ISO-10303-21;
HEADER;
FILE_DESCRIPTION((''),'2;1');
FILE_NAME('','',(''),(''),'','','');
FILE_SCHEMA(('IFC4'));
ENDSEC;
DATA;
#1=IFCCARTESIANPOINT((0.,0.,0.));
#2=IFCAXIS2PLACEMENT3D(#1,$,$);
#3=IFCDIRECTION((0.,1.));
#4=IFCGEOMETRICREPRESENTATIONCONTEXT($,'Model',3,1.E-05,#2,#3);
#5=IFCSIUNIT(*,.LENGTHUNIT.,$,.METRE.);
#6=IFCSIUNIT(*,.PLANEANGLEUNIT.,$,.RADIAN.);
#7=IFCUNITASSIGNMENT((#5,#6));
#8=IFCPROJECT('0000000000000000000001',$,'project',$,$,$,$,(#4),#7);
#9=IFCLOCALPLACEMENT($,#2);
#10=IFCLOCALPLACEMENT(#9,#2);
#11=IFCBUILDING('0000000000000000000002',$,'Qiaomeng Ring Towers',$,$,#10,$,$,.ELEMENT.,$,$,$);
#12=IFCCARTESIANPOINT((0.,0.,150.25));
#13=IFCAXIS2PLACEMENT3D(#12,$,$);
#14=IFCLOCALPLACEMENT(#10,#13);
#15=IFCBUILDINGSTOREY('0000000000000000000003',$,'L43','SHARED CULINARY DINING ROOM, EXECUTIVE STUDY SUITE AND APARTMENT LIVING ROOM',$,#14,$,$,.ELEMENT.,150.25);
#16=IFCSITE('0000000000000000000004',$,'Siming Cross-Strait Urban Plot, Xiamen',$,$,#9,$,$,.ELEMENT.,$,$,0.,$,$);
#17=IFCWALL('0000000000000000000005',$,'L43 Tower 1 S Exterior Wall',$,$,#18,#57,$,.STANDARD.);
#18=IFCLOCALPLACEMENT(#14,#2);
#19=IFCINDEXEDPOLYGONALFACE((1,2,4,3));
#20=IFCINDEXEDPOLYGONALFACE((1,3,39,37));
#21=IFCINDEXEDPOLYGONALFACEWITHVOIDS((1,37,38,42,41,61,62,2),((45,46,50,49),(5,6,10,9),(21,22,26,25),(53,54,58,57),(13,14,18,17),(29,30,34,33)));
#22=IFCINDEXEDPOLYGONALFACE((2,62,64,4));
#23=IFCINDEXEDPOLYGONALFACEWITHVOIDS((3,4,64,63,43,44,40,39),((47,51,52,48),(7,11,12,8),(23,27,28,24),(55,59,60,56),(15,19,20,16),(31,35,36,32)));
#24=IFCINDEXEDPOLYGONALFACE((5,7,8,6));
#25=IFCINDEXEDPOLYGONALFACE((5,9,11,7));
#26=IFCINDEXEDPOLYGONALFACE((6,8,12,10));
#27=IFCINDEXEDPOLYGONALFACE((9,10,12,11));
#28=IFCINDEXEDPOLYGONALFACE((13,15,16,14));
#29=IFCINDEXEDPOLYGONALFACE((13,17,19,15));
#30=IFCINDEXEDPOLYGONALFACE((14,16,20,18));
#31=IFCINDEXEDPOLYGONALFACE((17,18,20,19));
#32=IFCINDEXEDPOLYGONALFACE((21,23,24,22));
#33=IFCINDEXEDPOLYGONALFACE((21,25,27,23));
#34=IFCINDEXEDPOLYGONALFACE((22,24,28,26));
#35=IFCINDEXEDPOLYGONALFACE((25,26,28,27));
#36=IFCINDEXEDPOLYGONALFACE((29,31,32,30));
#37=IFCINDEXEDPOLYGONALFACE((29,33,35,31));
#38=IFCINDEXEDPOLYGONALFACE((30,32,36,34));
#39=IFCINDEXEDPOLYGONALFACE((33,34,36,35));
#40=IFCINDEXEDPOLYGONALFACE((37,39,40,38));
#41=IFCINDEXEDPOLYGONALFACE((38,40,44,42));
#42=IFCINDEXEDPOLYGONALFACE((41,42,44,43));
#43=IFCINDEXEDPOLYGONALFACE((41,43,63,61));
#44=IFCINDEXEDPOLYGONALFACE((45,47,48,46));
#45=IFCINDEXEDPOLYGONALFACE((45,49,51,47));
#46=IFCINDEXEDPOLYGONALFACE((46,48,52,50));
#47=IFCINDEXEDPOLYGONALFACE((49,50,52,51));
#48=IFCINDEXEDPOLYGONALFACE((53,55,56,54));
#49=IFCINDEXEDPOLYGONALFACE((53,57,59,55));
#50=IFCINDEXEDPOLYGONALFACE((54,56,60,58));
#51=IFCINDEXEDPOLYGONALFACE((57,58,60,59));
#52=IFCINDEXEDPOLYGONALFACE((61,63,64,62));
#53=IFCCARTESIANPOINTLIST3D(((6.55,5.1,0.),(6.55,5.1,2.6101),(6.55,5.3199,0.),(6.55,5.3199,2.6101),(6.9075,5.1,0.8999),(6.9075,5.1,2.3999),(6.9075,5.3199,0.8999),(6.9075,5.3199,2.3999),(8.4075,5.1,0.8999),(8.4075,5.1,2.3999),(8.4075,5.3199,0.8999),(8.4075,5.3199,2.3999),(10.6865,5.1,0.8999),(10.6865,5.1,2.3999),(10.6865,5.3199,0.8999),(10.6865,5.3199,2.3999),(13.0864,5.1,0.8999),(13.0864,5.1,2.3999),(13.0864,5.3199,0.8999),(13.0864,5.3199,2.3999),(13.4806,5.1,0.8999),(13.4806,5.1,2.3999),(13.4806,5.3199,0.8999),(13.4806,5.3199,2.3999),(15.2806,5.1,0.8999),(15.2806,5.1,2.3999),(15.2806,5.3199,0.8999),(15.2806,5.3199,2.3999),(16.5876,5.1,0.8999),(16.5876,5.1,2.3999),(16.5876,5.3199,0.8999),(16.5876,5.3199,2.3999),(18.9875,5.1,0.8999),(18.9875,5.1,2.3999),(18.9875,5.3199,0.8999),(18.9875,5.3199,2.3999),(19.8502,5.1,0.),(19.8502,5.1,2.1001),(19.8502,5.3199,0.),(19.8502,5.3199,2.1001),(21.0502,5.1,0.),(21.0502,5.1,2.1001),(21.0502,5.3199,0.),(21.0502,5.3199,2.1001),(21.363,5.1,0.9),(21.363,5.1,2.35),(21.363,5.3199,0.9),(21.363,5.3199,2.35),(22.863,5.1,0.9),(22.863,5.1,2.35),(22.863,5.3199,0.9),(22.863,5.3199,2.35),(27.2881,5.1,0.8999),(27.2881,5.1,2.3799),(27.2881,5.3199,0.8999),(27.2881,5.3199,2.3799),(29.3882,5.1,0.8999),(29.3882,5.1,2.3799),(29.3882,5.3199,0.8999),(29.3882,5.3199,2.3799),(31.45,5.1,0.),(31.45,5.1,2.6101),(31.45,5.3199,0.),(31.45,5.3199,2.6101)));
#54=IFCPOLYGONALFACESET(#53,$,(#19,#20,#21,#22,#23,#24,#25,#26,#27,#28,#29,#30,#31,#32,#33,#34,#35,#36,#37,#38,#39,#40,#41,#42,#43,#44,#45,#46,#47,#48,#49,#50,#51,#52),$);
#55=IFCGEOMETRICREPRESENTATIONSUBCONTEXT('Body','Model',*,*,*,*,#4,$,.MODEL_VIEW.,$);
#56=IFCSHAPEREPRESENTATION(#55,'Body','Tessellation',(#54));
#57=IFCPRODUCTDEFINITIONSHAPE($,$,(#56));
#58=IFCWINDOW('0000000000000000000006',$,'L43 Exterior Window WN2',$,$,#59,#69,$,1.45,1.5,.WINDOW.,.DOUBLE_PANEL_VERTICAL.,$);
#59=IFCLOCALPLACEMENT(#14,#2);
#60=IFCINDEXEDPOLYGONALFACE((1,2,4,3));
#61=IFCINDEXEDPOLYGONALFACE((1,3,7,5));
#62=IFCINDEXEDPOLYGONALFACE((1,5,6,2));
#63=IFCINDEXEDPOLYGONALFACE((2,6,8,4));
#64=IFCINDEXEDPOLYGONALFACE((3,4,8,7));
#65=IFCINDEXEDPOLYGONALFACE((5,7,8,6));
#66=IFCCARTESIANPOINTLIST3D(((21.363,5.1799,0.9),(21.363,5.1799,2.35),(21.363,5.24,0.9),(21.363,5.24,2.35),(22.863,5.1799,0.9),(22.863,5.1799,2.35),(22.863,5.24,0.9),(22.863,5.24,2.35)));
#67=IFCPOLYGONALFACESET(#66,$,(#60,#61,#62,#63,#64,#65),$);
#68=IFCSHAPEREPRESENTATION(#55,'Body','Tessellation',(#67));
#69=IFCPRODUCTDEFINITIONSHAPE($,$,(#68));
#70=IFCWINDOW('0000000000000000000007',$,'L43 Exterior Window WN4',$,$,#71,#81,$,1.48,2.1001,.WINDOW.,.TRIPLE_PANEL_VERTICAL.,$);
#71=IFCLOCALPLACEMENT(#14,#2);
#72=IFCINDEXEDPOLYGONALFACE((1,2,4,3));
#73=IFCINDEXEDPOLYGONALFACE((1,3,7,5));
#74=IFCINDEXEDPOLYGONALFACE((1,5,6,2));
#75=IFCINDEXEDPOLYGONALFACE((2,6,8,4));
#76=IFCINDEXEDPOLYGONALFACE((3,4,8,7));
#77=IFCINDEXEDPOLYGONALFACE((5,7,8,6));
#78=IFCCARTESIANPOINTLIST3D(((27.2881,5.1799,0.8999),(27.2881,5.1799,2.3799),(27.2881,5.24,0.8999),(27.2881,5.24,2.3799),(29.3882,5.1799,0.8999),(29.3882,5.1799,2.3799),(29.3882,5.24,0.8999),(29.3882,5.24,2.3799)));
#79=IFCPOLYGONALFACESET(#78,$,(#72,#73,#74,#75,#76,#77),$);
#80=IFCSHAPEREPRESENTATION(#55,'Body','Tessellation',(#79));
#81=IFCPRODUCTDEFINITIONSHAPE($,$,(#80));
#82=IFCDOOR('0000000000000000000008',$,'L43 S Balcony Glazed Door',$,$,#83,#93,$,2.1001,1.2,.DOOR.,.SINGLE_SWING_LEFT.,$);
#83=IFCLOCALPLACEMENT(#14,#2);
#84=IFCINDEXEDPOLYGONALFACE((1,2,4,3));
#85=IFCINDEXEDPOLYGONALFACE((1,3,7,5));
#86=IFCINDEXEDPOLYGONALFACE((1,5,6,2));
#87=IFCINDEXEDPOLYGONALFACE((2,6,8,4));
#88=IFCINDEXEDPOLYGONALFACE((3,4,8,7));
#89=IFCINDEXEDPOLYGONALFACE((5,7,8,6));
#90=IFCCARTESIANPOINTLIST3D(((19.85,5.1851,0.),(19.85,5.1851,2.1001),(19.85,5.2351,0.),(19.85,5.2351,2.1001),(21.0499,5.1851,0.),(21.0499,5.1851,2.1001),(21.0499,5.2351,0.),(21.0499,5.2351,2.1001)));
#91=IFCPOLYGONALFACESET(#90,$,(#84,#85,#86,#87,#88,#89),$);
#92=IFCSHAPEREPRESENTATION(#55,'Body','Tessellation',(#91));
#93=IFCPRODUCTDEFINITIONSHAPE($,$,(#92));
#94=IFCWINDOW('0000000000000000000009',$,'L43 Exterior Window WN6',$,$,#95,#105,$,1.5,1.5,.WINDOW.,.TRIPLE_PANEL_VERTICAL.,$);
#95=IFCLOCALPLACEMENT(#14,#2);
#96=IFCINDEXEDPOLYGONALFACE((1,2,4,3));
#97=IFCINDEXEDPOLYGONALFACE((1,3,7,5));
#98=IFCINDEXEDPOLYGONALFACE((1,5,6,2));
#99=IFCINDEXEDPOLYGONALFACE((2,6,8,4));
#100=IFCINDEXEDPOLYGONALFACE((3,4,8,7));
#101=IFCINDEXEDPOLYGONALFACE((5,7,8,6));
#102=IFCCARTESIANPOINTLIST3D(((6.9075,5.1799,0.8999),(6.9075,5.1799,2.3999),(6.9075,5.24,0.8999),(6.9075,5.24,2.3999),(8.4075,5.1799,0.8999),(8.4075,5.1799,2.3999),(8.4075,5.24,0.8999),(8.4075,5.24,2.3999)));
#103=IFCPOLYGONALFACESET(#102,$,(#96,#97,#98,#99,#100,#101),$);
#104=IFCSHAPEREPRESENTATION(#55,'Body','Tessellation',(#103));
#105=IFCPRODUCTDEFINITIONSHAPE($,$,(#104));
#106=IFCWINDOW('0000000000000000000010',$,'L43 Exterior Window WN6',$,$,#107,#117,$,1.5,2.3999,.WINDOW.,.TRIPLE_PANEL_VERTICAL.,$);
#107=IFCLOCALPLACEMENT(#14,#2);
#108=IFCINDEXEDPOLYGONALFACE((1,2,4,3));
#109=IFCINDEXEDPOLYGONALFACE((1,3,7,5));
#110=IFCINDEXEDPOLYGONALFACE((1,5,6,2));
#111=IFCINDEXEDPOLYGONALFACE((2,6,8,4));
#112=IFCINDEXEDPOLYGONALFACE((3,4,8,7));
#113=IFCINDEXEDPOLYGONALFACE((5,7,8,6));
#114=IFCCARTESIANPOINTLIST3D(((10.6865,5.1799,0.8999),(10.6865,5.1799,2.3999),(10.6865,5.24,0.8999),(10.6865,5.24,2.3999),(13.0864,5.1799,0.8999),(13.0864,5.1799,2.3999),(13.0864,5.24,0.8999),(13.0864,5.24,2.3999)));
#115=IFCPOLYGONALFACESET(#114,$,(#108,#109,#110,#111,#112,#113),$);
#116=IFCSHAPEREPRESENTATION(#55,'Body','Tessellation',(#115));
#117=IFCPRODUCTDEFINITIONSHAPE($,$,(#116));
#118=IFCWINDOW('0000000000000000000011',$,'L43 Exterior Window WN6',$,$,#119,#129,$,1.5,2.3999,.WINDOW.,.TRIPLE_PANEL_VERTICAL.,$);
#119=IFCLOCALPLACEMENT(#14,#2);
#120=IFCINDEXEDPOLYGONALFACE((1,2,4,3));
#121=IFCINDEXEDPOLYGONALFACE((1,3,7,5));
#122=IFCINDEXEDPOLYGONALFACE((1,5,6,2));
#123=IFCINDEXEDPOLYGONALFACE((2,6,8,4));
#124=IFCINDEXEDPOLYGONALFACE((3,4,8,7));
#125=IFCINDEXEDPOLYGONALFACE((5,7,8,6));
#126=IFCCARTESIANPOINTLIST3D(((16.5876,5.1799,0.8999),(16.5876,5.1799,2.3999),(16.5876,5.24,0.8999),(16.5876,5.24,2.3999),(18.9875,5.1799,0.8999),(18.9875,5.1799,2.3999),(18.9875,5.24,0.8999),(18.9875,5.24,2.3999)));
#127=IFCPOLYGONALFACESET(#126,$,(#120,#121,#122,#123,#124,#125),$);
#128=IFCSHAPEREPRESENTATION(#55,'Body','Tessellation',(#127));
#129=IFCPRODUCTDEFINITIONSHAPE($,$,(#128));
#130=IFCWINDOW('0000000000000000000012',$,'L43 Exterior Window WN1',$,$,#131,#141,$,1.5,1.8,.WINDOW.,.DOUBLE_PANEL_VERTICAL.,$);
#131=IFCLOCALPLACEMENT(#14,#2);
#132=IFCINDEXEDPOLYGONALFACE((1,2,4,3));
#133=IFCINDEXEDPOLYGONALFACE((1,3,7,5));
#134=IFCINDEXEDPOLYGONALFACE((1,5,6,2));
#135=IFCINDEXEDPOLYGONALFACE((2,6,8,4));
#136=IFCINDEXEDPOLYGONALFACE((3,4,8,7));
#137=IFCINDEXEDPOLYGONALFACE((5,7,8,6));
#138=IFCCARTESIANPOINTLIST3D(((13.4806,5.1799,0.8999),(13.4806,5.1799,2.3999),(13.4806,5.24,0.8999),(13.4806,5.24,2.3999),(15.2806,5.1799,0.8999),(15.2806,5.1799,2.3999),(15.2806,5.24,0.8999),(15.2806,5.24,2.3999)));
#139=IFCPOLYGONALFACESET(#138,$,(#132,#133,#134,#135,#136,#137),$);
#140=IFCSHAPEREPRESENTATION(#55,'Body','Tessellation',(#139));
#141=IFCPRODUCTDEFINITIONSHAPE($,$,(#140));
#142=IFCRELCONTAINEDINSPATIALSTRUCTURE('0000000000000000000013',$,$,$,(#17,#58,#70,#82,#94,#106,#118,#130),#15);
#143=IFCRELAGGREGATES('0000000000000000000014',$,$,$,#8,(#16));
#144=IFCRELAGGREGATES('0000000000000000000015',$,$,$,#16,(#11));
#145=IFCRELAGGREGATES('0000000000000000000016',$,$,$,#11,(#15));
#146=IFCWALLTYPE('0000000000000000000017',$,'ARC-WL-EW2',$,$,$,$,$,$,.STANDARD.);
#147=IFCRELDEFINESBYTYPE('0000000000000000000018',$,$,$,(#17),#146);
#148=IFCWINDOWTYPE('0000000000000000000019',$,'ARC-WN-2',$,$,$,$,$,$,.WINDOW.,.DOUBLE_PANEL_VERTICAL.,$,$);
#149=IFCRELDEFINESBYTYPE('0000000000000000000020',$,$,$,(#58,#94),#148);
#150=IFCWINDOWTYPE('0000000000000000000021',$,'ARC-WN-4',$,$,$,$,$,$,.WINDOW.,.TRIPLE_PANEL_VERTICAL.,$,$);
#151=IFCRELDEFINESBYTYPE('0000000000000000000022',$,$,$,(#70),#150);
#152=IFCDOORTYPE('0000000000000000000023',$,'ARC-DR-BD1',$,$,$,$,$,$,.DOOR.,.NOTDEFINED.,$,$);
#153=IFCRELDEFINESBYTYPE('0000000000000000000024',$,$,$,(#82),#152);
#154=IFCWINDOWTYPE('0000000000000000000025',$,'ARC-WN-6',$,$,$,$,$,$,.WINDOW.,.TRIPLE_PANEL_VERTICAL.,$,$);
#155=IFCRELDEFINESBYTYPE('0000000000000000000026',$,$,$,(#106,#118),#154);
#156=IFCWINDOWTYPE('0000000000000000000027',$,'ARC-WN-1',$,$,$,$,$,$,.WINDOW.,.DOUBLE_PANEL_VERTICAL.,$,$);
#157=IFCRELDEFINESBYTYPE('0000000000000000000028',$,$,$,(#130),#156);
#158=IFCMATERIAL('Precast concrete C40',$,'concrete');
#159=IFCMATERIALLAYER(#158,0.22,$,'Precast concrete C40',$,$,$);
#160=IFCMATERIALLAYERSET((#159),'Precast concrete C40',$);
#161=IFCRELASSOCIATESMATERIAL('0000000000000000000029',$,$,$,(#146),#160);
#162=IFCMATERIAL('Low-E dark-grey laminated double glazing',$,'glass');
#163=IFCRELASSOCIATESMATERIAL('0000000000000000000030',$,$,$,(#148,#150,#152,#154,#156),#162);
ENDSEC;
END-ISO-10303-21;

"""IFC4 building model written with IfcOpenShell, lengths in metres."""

from ifc_helpers import new_model, si_unit, direction, frame, frame_2d, origin, place, context, subcontext, project, spatial, rectangle, extrude, source, transform, mapped, material, layer, layer_set, type_object, element, fill, save


model = new_model("IFC4")

# Units and contexts
model_context = context("Model", 3, precision=1e-05, world=origin(), true_north=direction((0.0, 1.0)))
body_context = subcontext(model_context, "Body", "Model", "MODEL_VIEW")
ifc_project = project(units=[si_unit("LENGTHUNIT", "METRE"), si_unit("PLANEANGLEUNIT", "RADIAN")], contexts=[model_context])

# Site, building, storey
site_placement = place(None, origin())
site = spatial("IfcSite", under=ifc_project, at=site_placement, Name="Siming Cross-Strait Urban Plot, Xiamen", CompositionType="ELEMENT", RefElevation=0.0)
building_placement = place(site_placement, origin())
building = spatial("IfcBuilding", under=site, at=building_placement, Name="Qiaomeng Ring Towers", CompositionType="ELEMENT")
storey_placement = place(building_placement, frame((0.0, 0.0, 150.25)))
storey = spatial("IfcBuildingStorey", under=building, at=storey_placement, Name="L43", Description="SHARED CULINARY DINING ROOM, EXECUTIVE STUDY SUITE AND APARTMENT LIVING ROOM", CompositionType="ELEMENT", Elevation=150.25)

# Shared definitions
ifc_material_1 = material(Name="Low-E dark-grey laminated double glazing", Category="glass")

# Wall, openings, windows, door
ifc_material_2 = material(Name="Precast concrete C40", Category="concrete")
ifc_layer_1 = layer(ifc_material_2, 0.22, Name="Precast concrete C40")
ifc_layer_set_1 = layer_set([ifc_layer_1], Name="Precast concrete C40")
wall_type_1 = type_object("IfcWallType", Name="ARC-WL-EW2", PredefinedType="STANDARD", material=ifc_layer_set_1)
wall_1_placement = place(storey_placement, frame((6.55, 5.21, 0.0), z_axis=(0.0, 0.0, 1.0), x_axis=(1.0, 0.0, 0.0)))
wall_1 = element("IfcWall", 1, at=wall_1_placement, inside=storey, type_object=wall_type_1, Name="L43 Tower 1 S Exterior Wall", PredefinedType="STANDARD", context=body_context, shape_type="SweptSolid", body=[
    extrude(rectangle(XDim=24.8999, YDim=0.22, at=frame_2d((12.45, 0.0))), origin(), (0.0, 0.0, 1.0), 2.6101),
])
opening_1_placement = place(wall_1_placement, frame((13.3, 0.0, 0.0)))
opening_1 = element("IfcOpeningElement", 2, at=opening_1_placement, cuts=wall_1, PredefinedType="OPENING", context=body_context, shape_type="SweptSolid", body=[
    extrude(rectangle(XDim=1.2, YDim=2.1001, at=frame_2d((0.6001, 1.05))), frame((0.0, 0.1199, 0.0), z_axis=(0.0, -1.0, 0.0), x_axis=(1.0, 0.0, 0.0)), (0.0, 0.0, 1.0), 0.24),
])
opening_2_placement = place(wall_1_placement, frame((0.3574, 0.0, 0.8999)))
opening_2 = element("IfcOpeningElement", 3, at=opening_2_placement, cuts=wall_1, PredefinedType="OPENING", context=body_context, shape_type="SweptSolid", body=[
    extrude(rectangle(XDim=1.5, YDim=1.5, at=frame_2d((0.75, 0.75))), frame((0.0, 0.1199, 0.0), z_axis=(0.0, -1.0, 0.0), x_axis=(1.0, 0.0, 0.0)), (0.0, 0.0, 1.0), 0.24),
])
opening_3_placement = place(wall_1_placement, frame((6.9307, 0.0, 0.8999)))
opening_3 = element("IfcOpeningElement", 4, at=opening_3_placement, cuts=wall_1, PredefinedType="OPENING", context=body_context, shape_type="SweptSolid", body=[
    extrude(rectangle(XDim=1.8, YDim=1.5, at=frame_2d((0.8999, 0.75))), frame((0.0, 0.1199, 0.0), z_axis=(0.0, -1.0, 0.0), x_axis=(1.0, 0.0, 0.0)), (0.0, 0.0, 1.0), 0.24),
])
opening_4_placement = place(wall_1_placement, frame((14.813, 0.0, 0.8999)))
opening_4 = element("IfcOpeningElement", 5, at=opening_4_placement, cuts=wall_1, PredefinedType="OPENING", context=body_context, shape_type="SweptSolid", body=[
    extrude(rectangle(XDim=1.5, YDim=1.45, at=frame_2d((0.75, 0.7251))), frame((0.0, 0.1199, 0.0), z_axis=(0.0, -1.0, 0.0), x_axis=(1.0, 0.0, 0.0)), (0.0, 0.0, 1.0), 0.24),
])
opening_5_placement = place(wall_1_placement, frame((20.738, 0.0, 0.8999)))
opening_5 = element("IfcOpeningElement", 6, at=opening_5_placement, cuts=wall_1, PredefinedType="OPENING", context=body_context, shape_type="SweptSolid", body=[
    extrude(rectangle(XDim=2.1001, YDim=1.48, at=frame_2d((1.05, 0.74))), frame((0.0, 0.1199, 0.0), z_axis=(0.0, -1.0, 0.0), x_axis=(1.0, 0.0, 0.0)), (0.0, 0.0, 1.0), 0.24),
])
opening_6_placement = place(wall_1_placement, frame((4.1365, 0.0, 0.8999)))
opening_6 = element("IfcOpeningElement", 7, at=opening_6_placement, cuts=wall_1, PredefinedType="OPENING", context=body_context, shape_type="SweptSolid", body=[
    extrude(rectangle(XDim=2.3999, YDim=1.5, at=frame_2d((1.2, 0.75))), frame((0.0, 0.1199, 0.0), z_axis=(0.0, -1.0, 0.0), x_axis=(1.0, 0.0, 0.0)), (0.0, 0.0, 1.0), 0.24),
])
opening_7_placement = place(wall_1_placement, frame((10.0376, 0.0, 0.8999)))
opening_7 = element("IfcOpeningElement", 8, at=opening_7_placement, cuts=wall_1, PredefinedType="OPENING", context=body_context, shape_type="SweptSolid", body=[
    extrude(rectangle(XDim=2.3999, YDim=1.5, at=frame_2d((1.2, 0.75))), frame((0.0, 0.1199, 0.0), z_axis=(0.0, -1.0, 0.0), x_axis=(1.0, 0.0, 0.0)), (0.0, 0.0, 1.0), 0.24),
])
window_type_1 = type_object("IfcWindowType", Name="ARC-WN-2", PartitioningType="DOUBLE_PANEL_VERTICAL", PredefinedType="WINDOW", material=ifc_material_1)
shared_shape_1 = source(origin(), body_context, "Body", "SweptSolid", [
    extrude(rectangle(XDim=1.5, YDim=1.45, at=frame_2d((0.75, 0.7251))), frame((0.0, 0.03, 0.0), z_axis=(0.0, -1.0, 0.0), x_axis=(1.0, 0.0, 0.0)), (0.0, 0.0, 1.0), 0.0601),
])
window_1_placement = place(opening_4_placement, origin())
window_1 = element("IfcWindow", 9, at=window_1_placement, inside=storey, type_object=window_type_1, Name="L43 Exterior Window WN2", OverallHeight=1.45, OverallWidth=1.5, PartitioningType="DOUBLE_PANEL_VERTICAL", PredefinedType="WINDOW", context=body_context, shape_type="MappedRepresentation", body=[
    mapped(shared_shape_1, transform((0.0, 0.0, 0.0), x_axis=(1.0, 0.0, 0.0), y_axis=(0.0, 1.0, 0.0), z_axis=(0.0, 0.0, 1.0), scale=1.0)),
])
fill(opening_4, window_1)
window_type_2 = type_object("IfcWindowType", Name="ARC-WN-4", PartitioningType="TRIPLE_PANEL_VERTICAL", PredefinedType="WINDOW", material=ifc_material_1)
shared_shape_2 = source(origin(), body_context, "Body", "SweptSolid", [
    extrude(rectangle(XDim=2.1001, YDim=1.48, at=frame_2d((1.05, 0.74))), frame((0.0, 0.03, 0.0), z_axis=(0.0, -1.0, 0.0), x_axis=(1.0, 0.0, 0.0)), (0.0, 0.0, 1.0), 0.0601),
])
window_2_placement = place(opening_5_placement, origin())
window_2 = element("IfcWindow", 10, at=window_2_placement, inside=storey, type_object=window_type_2, Name="L43 Exterior Window WN4", OverallHeight=1.48, OverallWidth=2.1001, PartitioningType="TRIPLE_PANEL_VERTICAL", PredefinedType="WINDOW", context=body_context, shape_type="MappedRepresentation", body=[
    mapped(shared_shape_2, transform((0.0, 0.0, 0.0), x_axis=(1.0, 0.0, 0.0), y_axis=(0.0, 1.0, 0.0), z_axis=(0.0, 0.0, 1.0), scale=1.0)),
])
fill(opening_5, window_2)
door_type = type_object("IfcDoorType", Name="ARC-DR-BD1", OperationType="NOTDEFINED", PredefinedType="DOOR", material=ifc_material_1)
shared_shape_3 = source(origin(), body_context, "Body", "SweptSolid", [
    extrude(rectangle(XDim=1.2, YDim=2.1001, at=frame_2d((0.6001, 1.05))), frame((0.0, 0.0249, 0.0), z_axis=(0.0, -1.0, 0.0), x_axis=(1.0, 0.0, 0.0)), (0.0, 0.0, 1.0), 0.05),
])
door_placement = place(opening_1_placement, frame((1.2, 0.0, 0.0), z_axis=(0.0, 0.0, 1.0), x_axis=(-1.0, 0.0, 0.0)))
door = element("IfcDoor", 11, at=door_placement, inside=storey, type_object=door_type, Name="L43 S Balcony Glazed Door", OperationType="SINGLE_SWING_LEFT", OverallHeight=2.1001, OverallWidth=1.2, PredefinedType="DOOR", context=body_context, shape_type="MappedRepresentation", body=[
    mapped(shared_shape_3, transform((0.0, 0.0, 0.0), x_axis=(1.0, 0.0, 0.0), y_axis=(0.0, 1.0, 0.0), z_axis=(0.0, 0.0, 1.0), scale=1.0)),
])
fill(opening_1, door)
shared_shape_4 = source(origin(), body_context, "Body", "SweptSolid", [
    extrude(rectangle(XDim=1.5, YDim=1.5, at=frame_2d((0.75, 0.75))), frame((0.0, 0.03, 0.0), z_axis=(0.0, -1.0, 0.0), x_axis=(1.0, 0.0, 0.0)), (0.0, 0.0, 1.0), 0.0601),
])
window_3_placement = place(opening_2_placement, origin())
window_3 = element("IfcWindow", 12, at=window_3_placement, inside=storey, type_object=window_type_1, Name="L43 Exterior Window WN6", OverallHeight=1.5, OverallWidth=1.5, PartitioningType="TRIPLE_PANEL_VERTICAL", PredefinedType="WINDOW", context=body_context, shape_type="MappedRepresentation", body=[
    mapped(shared_shape_4, transform((0.0, 0.0, 0.0), x_axis=(1.0, 0.0, 0.0), y_axis=(0.0, 1.0, 0.0), z_axis=(0.0, 0.0, 1.0), scale=1.0)),
])
fill(opening_2, window_3)
window_type_3 = type_object("IfcWindowType", Name="ARC-WN-6", PartitioningType="TRIPLE_PANEL_VERTICAL", PredefinedType="WINDOW", material=ifc_material_1)
shared_shape_5 = source(origin(), body_context, "Body", "SweptSolid", [
    extrude(rectangle(XDim=2.3999, YDim=1.5, at=frame_2d((1.2, 0.75))), frame((0.0, 0.03, 0.0), z_axis=(0.0, -1.0, 0.0), x_axis=(1.0, 0.0, 0.0)), (0.0, 0.0, 1.0), 0.0601),
])
window_4_placement = place(opening_6_placement, origin())
window_4 = element("IfcWindow", 13, at=window_4_placement, inside=storey, type_object=window_type_3, Name="L43 Exterior Window WN6", OverallHeight=1.5, OverallWidth=2.3999, PartitioningType="TRIPLE_PANEL_VERTICAL", PredefinedType="WINDOW", context=body_context, shape_type="MappedRepresentation", body=[
    mapped(shared_shape_5, transform((0.0, 0.0, 0.0), x_axis=(1.0, 0.0, 0.0), y_axis=(0.0, 1.0, 0.0), z_axis=(0.0, 0.0, 1.0), scale=1.0)),
])
fill(opening_6, window_4)
window_5_placement = place(opening_7_placement, origin())
window_5 = element("IfcWindow", 14, at=window_5_placement, inside=storey, type_object=window_type_3, Name="L43 Exterior Window WN6", OverallHeight=1.5, OverallWidth=2.3999, PartitioningType="TRIPLE_PANEL_VERTICAL", PredefinedType="WINDOW", context=body_context, shape_type="MappedRepresentation", body=[
    mapped(shared_shape_5, transform((0.0, 0.0, 0.0), x_axis=(1.0, 0.0, 0.0), y_axis=(0.0, 1.0, 0.0), z_axis=(0.0, 0.0, 1.0), scale=1.0)),
])
fill(opening_7, window_5)
window_type_4 = type_object("IfcWindowType", Name="ARC-WN-1", PartitioningType="DOUBLE_PANEL_VERTICAL", PredefinedType="WINDOW", material=ifc_material_1)
shared_shape_6 = source(origin(), body_context, "Body", "SweptSolid", [
    extrude(rectangle(XDim=1.8, YDim=1.5, at=frame_2d((0.8999, 0.75))), frame((0.0, 0.03, 0.0), z_axis=(0.0, -1.0, 0.0), x_axis=(1.0, 0.0, 0.0)), (0.0, 0.0, 1.0), 0.0601),
])
window_6_placement = place(opening_3_placement, origin())
window_6 = element("IfcWindow", 15, at=window_6_placement, inside=storey, type_object=window_type_4, Name="L43 Exterior Window WN1", OverallHeight=1.5, OverallWidth=1.8, PartitioningType="DOUBLE_PANEL_VERTICAL", PredefinedType="WINDOW", context=body_context, shape_type="MappedRepresentation", body=[
    mapped(shared_shape_6, transform((0.0, 0.0, 0.0), x_axis=(1.0, 0.0, 0.0), y_axis=(0.0, 1.0, 0.0), z_axis=(0.0, 0.0, 1.0), scale=1.0)),
])
fill(opening_3, window_6)

save(model, "model.ifc")
